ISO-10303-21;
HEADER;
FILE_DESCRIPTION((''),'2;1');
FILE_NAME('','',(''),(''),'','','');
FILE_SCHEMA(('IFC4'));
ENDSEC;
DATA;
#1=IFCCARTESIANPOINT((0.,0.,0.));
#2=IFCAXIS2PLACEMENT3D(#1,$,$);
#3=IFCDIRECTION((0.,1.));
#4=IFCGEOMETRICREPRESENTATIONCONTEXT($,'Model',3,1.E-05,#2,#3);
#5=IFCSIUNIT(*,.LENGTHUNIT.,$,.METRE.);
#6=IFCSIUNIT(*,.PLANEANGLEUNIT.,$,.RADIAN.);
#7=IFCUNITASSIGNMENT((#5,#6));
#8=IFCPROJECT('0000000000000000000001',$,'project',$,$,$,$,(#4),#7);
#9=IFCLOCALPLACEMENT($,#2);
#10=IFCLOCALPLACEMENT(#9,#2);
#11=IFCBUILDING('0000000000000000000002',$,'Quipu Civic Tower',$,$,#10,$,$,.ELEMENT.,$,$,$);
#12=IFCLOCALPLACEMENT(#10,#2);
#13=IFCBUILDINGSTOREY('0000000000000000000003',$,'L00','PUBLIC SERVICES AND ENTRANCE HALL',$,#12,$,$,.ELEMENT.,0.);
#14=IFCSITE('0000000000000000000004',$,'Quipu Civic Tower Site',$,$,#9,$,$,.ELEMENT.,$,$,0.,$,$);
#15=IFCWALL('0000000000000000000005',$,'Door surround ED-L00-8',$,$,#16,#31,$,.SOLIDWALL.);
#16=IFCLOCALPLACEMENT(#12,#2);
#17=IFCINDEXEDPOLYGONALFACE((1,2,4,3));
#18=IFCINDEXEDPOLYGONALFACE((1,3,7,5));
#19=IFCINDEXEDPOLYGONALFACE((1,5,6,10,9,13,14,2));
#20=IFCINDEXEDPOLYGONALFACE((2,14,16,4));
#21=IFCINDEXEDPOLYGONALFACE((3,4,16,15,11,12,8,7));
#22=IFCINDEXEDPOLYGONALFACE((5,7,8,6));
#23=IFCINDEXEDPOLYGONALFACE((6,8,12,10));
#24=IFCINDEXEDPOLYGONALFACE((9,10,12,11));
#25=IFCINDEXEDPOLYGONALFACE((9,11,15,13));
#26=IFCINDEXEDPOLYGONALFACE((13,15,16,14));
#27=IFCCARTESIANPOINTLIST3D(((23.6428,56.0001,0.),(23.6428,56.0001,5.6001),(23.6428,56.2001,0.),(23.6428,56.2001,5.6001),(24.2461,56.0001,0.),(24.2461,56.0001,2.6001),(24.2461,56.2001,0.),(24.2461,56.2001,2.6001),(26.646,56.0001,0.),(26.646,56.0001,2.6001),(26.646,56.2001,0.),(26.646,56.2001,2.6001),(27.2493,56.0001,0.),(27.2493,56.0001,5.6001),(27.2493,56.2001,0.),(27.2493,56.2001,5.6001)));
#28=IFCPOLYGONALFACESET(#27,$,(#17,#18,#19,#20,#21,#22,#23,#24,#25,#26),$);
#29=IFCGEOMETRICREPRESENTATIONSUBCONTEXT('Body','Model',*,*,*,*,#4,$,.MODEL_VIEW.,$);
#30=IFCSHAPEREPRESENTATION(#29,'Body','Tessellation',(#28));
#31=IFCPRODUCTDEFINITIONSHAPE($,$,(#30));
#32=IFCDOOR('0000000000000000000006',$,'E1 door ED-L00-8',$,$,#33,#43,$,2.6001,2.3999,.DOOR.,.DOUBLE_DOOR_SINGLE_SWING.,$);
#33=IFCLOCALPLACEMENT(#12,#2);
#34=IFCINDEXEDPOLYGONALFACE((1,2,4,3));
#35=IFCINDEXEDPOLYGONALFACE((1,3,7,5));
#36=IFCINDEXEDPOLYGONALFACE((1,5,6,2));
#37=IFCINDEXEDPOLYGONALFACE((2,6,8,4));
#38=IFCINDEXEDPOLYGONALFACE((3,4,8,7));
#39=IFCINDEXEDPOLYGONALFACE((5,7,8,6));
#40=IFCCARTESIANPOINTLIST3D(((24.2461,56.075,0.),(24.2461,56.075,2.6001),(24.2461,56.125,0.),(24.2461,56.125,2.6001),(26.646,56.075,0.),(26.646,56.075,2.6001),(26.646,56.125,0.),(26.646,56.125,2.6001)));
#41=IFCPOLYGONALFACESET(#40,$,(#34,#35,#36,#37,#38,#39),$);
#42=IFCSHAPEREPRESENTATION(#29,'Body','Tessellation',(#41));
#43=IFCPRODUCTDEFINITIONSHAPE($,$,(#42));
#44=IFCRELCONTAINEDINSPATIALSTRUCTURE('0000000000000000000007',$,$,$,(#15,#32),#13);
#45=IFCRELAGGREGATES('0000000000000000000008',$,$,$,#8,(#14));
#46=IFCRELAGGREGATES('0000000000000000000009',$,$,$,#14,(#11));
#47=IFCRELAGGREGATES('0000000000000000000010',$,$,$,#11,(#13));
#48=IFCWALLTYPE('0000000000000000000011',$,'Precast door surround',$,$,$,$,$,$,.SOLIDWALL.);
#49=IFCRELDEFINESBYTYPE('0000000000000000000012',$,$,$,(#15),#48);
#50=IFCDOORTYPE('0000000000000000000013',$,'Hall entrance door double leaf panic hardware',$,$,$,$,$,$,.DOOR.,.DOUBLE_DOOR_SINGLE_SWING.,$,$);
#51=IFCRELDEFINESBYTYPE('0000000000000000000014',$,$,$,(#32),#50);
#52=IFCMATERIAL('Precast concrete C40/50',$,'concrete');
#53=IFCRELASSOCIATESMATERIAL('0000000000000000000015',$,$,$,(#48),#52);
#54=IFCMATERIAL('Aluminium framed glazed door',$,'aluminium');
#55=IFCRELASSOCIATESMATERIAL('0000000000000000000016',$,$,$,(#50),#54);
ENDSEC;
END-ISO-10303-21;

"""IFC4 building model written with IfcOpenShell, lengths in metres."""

from ifc_helpers import new_model, si_unit, direction, frame, frame_2d, origin, place, context, subcontext, project, spatial, rectangle, extrude, material, type_object, element, fill, save


model = new_model("IFC4")

# Units and contexts
model_context = context("Model", 3, precision=1e-05, world=origin(), true_north=direction((0.0, 1.0)))
body_context = subcontext(model_context, "Body", "Model", "MODEL_VIEW")
ifc_project = project(units=[si_unit("LENGTHUNIT", "METRE"), si_unit("PLANEANGLEUNIT", "RADIAN")], contexts=[model_context])

# Site, building, storey
site_placement = place(None, origin())
site = spatial("IfcSite", under=ifc_project, at=site_placement, Name="Quipu Civic Tower Site", CompositionType="ELEMENT", RefElevation=0.0)
building_placement = place(site_placement, origin())
building = spatial("IfcBuilding", under=site, at=building_placement, Name="Quipu Civic Tower", CompositionType="ELEMENT")
storey_placement = place(building_placement, origin())
storey = spatial("IfcBuildingStorey", under=building, at=storey_placement, Name="L00", Description="PUBLIC SERVICES AND ENTRANCE HALL", CompositionType="ELEMENT", Elevation=0.0)

# Wall, opening, door
ifc_material_1 = material(Name="Precast concrete C40/50", Category="concrete")
wall_type = type_object("IfcWallType", Name="Precast door surround", PredefinedType="SOLIDWALL", material=ifc_material_1)
ifc_material_2 = material(Name="Aluminium framed glazed door", Category="aluminium")
door_type = type_object("IfcDoorType", Name="Hall entrance door double leaf panic hardware", OperationType="DOUBLE_DOOR_SINGLE_SWING", PredefinedType="DOOR", material=ifc_material_2)
wall_1_placement = place(storey_placement, frame((23.6428, 56.1001, 0.0), z_axis=(0.0, 0.0, 1.0), x_axis=(1.0, 0.0, 0.0)))
wall_1 = element("IfcWall", 1, at=wall_1_placement, inside=storey, type_object=wall_type, Name="Door surround ED-L00-8", PredefinedType="SOLIDWALL", context=body_context, shape_type="SweptSolid", body=[
    extrude(rectangle(XDim=3.6064, YDim=0.2, at=frame_2d((1.8032, 0.0))), origin(), (0.0, 0.0, 1.0), 5.6001),
])
opening_1_placement = place(wall_1_placement, frame((0.6033, 0.0, 0.0)))
opening_1 = element("IfcOpeningElement", 2, at=opening_1_placement, cuts=wall_1, PredefinedType="OPENING", context=body_context, shape_type="SweptSolid", body=[
    extrude(rectangle(XDim=2.3999, YDim=2.6001, at=frame_2d((1.2, 1.3))), frame((0.0, 0.1099, 0.0), z_axis=(0.0, -1.0, 0.0), x_axis=(1.0, 0.0, 0.0)), (0.0, 0.0, 1.0), 0.22),
])
door_1_placement = place(opening_1_placement, origin())
door_1 = element("IfcDoor", 3, at=door_1_placement, inside=storey, type_object=door_type, Name="E1 door ED-L00-8", OperationType="DOUBLE_DOOR_SINGLE_SWING", OverallHeight=2.6001, OverallWidth=2.3999, PredefinedType="DOOR", context=body_context, shape_type="SweptSolid", body=[
    extrude(rectangle(XDim=2.3999, YDim=2.6001, at=frame_2d((1.2, 1.3))), frame((0.0, 0.0249, 0.0), z_axis=(0.0, -1.0, 0.0), x_axis=(1.0, 0.0, 0.0)), (0.0, 0.0, 1.0), 0.05),
])
fill(opening_1, door_1)

save(model, "model.ifc")
